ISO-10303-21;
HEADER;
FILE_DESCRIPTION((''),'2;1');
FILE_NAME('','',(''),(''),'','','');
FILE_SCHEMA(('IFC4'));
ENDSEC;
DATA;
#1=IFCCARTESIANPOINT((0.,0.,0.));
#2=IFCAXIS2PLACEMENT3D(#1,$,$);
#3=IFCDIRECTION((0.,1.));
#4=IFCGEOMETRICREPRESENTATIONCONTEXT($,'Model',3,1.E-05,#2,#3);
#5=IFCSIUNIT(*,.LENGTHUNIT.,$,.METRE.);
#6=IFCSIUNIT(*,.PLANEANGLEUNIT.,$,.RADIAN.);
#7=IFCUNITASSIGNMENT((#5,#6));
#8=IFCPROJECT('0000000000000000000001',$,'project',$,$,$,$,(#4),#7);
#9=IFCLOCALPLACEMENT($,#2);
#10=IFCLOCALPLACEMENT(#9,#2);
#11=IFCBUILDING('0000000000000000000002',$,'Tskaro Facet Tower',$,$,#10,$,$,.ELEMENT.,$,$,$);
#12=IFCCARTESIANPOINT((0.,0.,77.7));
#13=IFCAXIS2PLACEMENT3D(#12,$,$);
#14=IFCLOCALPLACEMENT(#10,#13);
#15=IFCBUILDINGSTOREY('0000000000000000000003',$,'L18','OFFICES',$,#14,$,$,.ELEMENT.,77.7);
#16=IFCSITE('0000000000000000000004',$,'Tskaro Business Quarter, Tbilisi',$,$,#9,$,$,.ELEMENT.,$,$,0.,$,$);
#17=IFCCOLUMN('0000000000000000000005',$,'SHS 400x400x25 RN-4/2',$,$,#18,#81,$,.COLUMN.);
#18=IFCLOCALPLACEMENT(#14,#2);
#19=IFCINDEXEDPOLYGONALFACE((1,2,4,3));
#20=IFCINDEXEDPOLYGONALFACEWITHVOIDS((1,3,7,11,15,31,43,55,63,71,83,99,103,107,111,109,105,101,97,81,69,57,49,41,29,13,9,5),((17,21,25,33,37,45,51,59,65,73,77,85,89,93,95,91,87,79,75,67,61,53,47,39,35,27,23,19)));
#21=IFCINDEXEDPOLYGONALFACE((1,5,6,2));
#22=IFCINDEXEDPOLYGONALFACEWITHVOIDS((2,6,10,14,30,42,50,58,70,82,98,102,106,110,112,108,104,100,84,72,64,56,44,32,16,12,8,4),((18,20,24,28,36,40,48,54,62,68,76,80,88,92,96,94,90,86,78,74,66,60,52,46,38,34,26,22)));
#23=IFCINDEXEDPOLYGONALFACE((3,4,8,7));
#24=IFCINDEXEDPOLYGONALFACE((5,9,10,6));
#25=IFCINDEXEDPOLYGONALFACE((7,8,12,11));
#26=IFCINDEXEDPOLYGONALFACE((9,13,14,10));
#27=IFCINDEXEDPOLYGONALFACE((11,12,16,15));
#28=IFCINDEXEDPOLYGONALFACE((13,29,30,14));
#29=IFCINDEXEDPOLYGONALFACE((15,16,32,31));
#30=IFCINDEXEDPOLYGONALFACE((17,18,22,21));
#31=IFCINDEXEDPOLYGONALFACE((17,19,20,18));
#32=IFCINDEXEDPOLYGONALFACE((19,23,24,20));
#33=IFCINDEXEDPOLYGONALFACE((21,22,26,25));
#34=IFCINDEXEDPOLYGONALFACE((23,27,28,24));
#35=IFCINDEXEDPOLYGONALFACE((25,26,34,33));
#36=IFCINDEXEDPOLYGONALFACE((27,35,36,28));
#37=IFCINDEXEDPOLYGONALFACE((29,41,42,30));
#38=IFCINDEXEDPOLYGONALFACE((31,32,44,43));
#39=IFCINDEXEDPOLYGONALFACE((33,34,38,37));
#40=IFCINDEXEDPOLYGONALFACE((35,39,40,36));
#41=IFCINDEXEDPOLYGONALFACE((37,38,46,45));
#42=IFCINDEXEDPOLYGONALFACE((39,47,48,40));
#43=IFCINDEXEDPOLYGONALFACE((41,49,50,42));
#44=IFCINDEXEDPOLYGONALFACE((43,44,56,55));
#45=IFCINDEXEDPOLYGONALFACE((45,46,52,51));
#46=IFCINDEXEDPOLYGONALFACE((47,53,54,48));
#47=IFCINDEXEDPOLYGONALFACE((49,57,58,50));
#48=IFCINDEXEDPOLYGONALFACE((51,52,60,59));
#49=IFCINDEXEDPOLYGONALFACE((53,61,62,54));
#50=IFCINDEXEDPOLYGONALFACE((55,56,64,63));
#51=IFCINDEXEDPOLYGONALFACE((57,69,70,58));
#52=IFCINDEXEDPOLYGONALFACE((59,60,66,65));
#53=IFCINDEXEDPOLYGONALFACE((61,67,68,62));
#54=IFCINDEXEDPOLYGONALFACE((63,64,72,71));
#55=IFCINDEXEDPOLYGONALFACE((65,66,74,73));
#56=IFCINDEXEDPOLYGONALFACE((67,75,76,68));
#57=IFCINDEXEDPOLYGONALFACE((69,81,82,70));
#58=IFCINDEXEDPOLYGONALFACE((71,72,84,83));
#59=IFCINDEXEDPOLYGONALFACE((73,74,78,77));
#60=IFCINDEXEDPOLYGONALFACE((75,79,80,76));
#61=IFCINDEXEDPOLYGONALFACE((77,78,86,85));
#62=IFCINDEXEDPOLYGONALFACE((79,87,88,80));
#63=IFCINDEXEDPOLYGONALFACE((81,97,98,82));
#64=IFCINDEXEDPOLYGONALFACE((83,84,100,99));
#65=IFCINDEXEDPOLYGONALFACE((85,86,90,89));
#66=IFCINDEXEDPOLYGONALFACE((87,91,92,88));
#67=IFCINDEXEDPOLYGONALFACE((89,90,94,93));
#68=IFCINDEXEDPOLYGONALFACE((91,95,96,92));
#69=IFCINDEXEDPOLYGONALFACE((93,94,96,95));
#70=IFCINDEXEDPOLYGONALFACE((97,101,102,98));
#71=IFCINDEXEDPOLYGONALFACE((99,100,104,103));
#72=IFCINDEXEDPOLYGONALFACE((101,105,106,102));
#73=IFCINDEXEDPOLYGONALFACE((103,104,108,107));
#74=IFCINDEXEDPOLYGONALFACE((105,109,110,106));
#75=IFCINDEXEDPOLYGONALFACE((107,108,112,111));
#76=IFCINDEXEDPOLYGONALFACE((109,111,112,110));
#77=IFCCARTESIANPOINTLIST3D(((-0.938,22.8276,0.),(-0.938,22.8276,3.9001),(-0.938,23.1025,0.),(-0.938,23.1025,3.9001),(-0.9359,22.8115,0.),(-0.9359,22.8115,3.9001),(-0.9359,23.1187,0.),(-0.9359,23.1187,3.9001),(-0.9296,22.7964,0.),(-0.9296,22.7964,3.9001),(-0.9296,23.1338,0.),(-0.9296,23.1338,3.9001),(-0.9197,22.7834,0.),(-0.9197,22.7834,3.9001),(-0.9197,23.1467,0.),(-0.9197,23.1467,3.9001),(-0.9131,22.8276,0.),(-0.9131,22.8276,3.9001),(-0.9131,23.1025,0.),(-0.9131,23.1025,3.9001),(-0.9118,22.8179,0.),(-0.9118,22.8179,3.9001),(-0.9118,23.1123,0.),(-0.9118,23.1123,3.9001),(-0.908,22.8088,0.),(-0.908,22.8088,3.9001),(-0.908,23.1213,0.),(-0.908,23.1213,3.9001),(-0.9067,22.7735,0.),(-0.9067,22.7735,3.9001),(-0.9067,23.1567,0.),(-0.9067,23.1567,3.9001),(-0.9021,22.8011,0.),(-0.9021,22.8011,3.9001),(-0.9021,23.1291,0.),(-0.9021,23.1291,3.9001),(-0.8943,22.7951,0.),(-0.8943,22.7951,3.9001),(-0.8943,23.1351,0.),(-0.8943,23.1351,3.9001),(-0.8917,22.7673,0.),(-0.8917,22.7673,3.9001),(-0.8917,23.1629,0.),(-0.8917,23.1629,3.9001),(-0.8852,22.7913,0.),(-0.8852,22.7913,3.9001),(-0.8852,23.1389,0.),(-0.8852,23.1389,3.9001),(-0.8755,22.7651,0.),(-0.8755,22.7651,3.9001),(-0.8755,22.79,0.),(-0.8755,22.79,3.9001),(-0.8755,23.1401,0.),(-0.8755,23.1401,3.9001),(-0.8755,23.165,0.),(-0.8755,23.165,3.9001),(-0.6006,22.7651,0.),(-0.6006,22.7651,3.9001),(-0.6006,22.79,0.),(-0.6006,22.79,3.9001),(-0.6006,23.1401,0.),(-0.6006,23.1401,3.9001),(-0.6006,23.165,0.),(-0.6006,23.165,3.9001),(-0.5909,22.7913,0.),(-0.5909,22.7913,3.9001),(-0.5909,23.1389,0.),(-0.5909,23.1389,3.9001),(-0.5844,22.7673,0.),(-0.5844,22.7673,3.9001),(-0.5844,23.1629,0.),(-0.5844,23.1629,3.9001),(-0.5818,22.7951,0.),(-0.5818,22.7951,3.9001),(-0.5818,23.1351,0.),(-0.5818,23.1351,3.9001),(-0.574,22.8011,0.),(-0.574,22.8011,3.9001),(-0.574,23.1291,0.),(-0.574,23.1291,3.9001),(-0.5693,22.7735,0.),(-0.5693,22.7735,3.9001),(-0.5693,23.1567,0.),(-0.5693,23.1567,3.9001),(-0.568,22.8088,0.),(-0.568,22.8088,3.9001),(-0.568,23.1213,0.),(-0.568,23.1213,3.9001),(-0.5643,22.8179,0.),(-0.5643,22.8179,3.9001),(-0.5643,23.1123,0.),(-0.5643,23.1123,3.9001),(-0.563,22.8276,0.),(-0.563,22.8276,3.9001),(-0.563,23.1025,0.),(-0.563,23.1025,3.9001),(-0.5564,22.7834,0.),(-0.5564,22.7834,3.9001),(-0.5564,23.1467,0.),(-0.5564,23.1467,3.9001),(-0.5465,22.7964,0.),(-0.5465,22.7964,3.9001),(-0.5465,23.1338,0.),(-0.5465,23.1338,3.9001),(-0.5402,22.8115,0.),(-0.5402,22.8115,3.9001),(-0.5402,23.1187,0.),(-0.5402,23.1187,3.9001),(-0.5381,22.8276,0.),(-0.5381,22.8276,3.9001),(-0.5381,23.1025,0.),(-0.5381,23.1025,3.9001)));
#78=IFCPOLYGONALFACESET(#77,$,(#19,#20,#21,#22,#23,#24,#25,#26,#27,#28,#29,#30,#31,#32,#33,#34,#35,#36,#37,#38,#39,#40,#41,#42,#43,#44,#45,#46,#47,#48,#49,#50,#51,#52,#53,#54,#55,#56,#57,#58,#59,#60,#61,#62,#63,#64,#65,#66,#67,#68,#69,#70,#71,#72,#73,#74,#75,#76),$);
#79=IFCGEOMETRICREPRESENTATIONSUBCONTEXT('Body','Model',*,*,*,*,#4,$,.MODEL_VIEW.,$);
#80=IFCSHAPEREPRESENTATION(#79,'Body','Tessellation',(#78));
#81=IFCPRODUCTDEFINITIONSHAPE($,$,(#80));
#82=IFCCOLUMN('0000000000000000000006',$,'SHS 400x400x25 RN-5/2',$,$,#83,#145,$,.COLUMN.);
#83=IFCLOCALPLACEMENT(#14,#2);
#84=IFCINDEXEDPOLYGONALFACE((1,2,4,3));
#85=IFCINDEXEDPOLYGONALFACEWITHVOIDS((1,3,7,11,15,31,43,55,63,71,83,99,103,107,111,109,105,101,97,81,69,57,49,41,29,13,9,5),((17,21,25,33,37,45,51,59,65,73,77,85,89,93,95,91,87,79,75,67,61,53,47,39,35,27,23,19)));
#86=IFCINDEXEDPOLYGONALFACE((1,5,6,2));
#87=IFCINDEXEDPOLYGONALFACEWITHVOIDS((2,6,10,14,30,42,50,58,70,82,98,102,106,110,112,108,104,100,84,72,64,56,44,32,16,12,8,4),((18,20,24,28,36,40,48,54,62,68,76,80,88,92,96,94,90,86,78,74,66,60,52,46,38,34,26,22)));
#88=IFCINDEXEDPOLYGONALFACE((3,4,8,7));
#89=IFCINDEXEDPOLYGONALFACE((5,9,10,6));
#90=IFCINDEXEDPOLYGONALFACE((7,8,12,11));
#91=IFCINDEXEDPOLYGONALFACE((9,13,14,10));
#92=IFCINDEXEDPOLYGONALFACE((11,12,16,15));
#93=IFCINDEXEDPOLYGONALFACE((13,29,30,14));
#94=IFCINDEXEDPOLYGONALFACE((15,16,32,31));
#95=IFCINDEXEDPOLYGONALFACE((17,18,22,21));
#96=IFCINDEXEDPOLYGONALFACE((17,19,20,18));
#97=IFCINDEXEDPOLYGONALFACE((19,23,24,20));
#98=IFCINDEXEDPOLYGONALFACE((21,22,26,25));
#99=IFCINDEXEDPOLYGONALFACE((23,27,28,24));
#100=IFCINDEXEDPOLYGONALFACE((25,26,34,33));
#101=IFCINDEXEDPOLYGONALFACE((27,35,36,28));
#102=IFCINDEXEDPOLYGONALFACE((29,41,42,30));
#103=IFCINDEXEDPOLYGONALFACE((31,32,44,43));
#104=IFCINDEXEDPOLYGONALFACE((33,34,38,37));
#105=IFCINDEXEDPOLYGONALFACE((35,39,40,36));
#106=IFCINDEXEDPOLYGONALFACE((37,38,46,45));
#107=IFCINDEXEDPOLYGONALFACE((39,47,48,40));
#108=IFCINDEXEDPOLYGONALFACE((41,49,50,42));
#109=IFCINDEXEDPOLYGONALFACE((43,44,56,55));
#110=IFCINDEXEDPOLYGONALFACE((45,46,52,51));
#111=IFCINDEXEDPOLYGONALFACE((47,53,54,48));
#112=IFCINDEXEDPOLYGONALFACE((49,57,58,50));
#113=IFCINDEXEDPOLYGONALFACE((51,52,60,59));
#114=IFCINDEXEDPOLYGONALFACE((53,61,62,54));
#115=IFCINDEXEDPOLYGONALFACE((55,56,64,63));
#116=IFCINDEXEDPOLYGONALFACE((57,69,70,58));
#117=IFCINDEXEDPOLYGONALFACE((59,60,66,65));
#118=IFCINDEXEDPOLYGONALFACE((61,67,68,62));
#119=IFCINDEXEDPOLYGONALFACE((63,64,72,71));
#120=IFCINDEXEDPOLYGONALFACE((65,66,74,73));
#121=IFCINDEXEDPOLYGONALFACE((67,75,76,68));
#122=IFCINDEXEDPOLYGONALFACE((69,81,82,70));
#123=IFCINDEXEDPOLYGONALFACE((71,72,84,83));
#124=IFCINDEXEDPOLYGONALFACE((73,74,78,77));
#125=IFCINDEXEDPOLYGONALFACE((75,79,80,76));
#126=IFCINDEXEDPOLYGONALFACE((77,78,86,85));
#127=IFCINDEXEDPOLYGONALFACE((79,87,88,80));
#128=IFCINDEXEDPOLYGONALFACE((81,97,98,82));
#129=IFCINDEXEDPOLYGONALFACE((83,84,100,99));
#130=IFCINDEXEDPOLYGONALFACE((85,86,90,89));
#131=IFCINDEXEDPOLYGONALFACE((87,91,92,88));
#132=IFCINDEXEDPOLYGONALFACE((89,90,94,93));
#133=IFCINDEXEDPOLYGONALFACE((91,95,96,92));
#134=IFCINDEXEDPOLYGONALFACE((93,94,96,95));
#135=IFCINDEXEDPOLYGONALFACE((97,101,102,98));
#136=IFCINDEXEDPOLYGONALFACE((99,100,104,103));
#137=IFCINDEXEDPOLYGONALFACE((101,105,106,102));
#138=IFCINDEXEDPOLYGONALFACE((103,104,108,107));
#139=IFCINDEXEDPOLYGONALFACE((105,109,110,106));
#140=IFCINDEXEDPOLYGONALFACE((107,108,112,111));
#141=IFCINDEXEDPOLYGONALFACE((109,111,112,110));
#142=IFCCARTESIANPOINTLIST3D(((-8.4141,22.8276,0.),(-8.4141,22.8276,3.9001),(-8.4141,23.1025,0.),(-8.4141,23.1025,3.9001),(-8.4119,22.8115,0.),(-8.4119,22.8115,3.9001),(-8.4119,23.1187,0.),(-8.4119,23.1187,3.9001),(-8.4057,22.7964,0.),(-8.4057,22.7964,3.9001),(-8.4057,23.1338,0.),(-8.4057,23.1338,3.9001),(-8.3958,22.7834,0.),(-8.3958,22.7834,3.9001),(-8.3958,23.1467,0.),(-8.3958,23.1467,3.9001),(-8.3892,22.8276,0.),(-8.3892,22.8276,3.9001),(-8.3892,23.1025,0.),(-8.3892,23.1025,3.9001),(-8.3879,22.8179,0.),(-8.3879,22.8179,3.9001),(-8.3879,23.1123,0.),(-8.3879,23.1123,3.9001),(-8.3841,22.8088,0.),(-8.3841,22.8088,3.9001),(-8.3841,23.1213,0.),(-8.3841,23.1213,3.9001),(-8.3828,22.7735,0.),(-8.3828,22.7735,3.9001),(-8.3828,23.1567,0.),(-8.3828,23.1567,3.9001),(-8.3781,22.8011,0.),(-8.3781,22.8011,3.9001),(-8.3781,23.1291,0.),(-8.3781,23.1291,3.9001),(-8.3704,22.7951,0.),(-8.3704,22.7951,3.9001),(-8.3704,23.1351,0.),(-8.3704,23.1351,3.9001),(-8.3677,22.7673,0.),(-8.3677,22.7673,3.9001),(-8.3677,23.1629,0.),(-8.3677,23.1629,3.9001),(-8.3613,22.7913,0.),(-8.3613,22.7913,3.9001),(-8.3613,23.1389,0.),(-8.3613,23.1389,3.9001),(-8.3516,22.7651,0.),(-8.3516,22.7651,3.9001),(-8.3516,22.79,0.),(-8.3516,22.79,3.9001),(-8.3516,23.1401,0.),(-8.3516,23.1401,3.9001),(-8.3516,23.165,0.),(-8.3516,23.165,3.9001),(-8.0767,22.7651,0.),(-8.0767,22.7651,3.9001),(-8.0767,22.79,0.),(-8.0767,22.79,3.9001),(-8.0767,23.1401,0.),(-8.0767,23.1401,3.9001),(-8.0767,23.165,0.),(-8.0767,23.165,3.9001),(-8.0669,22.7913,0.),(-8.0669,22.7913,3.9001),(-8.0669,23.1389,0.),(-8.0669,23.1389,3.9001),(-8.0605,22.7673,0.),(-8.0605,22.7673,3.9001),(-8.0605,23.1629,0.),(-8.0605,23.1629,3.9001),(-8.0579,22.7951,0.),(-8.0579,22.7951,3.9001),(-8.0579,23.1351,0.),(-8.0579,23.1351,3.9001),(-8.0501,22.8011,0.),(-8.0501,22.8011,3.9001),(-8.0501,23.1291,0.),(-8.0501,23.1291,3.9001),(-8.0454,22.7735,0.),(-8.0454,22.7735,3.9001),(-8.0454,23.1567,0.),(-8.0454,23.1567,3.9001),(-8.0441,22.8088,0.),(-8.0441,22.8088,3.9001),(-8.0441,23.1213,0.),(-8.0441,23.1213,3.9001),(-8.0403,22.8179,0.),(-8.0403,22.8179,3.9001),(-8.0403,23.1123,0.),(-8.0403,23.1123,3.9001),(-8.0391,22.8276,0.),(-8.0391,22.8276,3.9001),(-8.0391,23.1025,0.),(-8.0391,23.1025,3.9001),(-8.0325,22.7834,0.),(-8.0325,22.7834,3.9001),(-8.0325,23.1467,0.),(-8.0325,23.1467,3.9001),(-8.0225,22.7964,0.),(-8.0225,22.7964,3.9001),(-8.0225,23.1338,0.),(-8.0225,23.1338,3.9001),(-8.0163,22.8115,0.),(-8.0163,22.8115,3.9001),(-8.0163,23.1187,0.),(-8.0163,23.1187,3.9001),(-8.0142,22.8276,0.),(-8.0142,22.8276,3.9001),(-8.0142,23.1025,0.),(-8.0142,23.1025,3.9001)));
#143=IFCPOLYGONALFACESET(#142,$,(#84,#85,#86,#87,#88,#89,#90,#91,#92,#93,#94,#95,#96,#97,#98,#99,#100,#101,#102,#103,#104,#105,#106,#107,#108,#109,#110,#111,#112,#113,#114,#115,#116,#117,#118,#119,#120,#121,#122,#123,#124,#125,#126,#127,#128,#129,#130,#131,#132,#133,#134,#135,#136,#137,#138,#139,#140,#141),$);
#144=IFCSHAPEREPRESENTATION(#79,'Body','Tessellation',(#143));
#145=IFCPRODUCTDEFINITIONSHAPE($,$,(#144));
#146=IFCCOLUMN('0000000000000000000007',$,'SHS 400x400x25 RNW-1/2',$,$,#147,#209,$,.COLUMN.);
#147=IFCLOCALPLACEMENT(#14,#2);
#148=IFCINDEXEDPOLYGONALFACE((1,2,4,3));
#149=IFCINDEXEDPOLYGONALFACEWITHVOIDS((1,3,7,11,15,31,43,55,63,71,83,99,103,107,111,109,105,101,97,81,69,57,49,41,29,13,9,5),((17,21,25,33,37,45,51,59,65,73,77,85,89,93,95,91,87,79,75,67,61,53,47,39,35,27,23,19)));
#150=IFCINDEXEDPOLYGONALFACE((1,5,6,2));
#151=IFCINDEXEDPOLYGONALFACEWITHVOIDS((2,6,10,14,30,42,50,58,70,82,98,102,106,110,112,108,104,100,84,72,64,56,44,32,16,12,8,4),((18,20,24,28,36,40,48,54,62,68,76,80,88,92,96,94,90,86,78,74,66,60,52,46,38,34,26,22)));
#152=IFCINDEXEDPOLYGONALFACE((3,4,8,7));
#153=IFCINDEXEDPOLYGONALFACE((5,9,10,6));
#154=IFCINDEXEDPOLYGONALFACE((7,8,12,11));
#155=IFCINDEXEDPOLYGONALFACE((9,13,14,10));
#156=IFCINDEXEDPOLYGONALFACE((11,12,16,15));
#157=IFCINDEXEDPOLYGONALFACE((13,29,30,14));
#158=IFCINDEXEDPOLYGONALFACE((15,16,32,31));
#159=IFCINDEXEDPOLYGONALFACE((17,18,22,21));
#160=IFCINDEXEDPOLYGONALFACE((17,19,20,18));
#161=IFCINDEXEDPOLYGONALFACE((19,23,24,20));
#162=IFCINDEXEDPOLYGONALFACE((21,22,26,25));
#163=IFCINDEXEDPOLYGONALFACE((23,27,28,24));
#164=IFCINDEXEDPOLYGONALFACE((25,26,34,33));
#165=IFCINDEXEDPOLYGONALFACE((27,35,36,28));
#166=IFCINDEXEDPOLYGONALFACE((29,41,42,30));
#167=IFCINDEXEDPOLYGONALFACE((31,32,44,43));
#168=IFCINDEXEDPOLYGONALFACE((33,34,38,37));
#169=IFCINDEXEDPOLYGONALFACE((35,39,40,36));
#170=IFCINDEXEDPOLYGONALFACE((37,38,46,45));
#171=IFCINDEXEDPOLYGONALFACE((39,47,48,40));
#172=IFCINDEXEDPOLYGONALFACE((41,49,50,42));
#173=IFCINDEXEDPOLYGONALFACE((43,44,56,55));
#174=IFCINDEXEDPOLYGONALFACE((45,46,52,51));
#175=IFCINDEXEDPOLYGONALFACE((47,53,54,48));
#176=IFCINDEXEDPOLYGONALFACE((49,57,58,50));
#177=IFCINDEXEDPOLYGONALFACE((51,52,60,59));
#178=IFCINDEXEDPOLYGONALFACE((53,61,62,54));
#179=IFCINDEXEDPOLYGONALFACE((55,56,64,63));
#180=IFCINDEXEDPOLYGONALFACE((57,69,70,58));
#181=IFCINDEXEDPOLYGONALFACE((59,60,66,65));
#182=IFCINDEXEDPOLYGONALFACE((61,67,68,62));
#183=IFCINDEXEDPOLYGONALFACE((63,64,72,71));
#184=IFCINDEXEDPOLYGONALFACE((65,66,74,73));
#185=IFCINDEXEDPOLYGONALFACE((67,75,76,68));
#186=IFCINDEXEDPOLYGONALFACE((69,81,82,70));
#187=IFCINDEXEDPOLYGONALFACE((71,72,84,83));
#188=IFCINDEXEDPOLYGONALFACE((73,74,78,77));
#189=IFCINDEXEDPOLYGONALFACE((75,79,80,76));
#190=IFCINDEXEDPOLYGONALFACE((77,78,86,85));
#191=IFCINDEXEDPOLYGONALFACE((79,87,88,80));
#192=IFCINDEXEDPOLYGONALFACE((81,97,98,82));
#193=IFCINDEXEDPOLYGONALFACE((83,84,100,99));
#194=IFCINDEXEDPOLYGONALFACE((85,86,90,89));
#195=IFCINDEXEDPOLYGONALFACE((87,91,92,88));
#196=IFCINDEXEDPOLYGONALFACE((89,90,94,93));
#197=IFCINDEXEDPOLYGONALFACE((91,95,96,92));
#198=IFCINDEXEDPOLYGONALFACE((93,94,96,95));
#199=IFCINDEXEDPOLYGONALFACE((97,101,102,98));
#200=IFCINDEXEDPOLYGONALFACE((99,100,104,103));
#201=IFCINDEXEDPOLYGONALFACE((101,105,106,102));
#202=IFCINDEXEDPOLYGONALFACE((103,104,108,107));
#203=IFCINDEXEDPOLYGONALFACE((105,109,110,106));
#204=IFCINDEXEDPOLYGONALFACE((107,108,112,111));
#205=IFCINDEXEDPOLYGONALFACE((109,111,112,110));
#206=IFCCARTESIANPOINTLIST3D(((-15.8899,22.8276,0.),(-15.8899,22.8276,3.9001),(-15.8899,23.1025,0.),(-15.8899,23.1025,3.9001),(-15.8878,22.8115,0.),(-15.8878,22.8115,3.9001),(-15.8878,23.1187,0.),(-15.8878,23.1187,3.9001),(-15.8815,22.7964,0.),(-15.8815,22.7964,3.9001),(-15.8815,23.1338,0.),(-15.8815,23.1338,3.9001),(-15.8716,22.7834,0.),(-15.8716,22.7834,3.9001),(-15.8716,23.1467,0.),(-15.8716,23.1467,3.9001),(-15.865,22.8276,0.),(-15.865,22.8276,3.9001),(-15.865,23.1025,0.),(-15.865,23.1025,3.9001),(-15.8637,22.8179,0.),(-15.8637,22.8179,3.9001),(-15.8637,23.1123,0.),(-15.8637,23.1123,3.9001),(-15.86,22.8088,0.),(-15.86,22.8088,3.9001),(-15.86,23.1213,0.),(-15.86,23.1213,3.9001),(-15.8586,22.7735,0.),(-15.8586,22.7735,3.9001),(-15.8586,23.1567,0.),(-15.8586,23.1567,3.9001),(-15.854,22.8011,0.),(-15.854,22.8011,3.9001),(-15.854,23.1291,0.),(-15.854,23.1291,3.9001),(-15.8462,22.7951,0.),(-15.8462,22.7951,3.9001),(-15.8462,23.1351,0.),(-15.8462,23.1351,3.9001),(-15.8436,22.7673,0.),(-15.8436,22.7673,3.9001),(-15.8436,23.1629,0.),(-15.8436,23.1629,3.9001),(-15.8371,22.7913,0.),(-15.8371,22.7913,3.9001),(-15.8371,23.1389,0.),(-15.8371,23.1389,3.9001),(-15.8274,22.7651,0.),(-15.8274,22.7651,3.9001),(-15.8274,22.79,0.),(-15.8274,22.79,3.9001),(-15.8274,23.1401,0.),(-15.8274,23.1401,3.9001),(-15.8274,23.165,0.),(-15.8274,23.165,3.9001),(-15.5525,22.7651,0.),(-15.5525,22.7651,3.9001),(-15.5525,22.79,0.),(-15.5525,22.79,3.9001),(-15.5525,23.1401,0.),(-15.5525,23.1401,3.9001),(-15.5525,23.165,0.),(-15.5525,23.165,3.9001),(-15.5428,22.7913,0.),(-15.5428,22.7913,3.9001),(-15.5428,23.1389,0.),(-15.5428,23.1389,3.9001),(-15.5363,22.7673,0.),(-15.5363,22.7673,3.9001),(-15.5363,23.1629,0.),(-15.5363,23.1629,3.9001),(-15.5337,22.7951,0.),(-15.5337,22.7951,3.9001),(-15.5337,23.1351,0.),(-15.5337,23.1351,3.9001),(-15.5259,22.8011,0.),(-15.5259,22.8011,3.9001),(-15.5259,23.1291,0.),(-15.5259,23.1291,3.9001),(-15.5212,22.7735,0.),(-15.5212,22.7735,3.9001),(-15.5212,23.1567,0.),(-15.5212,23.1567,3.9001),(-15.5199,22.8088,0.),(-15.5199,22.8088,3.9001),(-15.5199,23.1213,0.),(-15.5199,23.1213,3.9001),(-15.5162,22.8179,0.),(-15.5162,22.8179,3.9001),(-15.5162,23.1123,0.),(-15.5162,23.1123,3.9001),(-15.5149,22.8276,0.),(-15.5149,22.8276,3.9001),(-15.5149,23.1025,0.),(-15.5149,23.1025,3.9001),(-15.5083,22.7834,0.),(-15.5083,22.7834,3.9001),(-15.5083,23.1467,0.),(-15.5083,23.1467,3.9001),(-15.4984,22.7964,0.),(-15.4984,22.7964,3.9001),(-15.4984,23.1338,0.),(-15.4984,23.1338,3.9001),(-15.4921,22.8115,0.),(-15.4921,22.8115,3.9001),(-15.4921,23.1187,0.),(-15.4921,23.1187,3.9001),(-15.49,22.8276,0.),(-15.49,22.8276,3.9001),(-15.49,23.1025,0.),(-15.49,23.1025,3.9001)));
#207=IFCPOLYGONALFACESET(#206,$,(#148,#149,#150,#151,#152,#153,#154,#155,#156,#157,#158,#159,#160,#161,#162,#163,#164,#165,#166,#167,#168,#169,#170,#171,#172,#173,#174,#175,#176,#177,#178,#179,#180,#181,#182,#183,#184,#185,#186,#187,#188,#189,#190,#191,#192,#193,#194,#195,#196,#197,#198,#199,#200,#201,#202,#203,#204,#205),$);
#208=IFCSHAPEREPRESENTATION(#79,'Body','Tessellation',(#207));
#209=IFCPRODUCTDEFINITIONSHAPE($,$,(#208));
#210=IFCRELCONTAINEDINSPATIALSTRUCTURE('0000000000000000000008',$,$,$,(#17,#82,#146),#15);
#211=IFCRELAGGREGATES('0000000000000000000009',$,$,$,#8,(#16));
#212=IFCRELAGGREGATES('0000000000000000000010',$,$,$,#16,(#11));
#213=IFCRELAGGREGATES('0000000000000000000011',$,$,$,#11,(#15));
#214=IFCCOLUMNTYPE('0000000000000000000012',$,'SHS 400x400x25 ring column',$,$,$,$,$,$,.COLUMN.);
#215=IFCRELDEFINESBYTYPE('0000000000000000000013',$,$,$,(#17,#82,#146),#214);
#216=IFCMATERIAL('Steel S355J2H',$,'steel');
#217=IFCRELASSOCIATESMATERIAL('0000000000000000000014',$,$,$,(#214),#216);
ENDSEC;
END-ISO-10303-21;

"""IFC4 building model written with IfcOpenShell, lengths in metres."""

from ifc_helpers import new_model, si_unit, direction, frame, origin, origin_2d, place, context, subcontext, project, spatial, hollow_rectangle, extrude, material, material_profile, profile_set, type_object, element, save


model = new_model("IFC4")

# Units and contexts
model_context = context("Model", 3, precision=1e-05, world=origin(), true_north=direction((0.0, 1.0)))
body_context = subcontext(model_context, "Body", "Model", "MODEL_VIEW")
ifc_project = project(units=[si_unit("LENGTHUNIT", "METRE"), si_unit("PLANEANGLEUNIT", "RADIAN")], contexts=[model_context])

# Site, building, storey
site_placement = place(None, origin())
site = spatial("IfcSite", under=ifc_project, at=site_placement, Name="Tskaro Business Quarter, Tbilisi", CompositionType="ELEMENT", RefElevation=0.0)
building_placement = place(site_placement, origin())
building = spatial("IfcBuilding", under=site, at=building_placement, Name="Tskaro Facet Tower", CompositionType="ELEMENT")
storey_placement = place(building_placement, frame((0.0, 0.0, 77.7)))
storey = spatial("IfcBuildingStorey", under=building, at=storey_placement, Name="L18", Description="OFFICES", CompositionType="ELEMENT", Elevation=77.7)

# Columns
ifc_material_1 = material(Name="Steel S355J2H", Category="steel")
ifc_material_profile_1 = material_profile(ifc_material_1, hollow_rectangle(XDim=0.3999, YDim=0.3999, WallThickness=0.0249, InnerFilletRadius=0.0376, OuterFilletRadius=0.0625, at=origin_2d()), Name="SHS 400x400x25")
ifc_profile_set_1 = profile_set([ifc_material_profile_1], Name="Steel S355J2H")
column_type_1 = type_object("IfcColumnType", Name="SHS 400x400x25 ring column", PredefinedType="COLUMN", material=ifc_profile_set_1)
for number, where, z_axis, x_axis, name in (
    (1, (-0.738, 22.9651, 0.0), (0.0, 0.0, 1.0), (1.0, 0.0, 0.0), "SHS 400x400x25 RN-4/2"),
    (2, (-8.2141, 22.9651, 0.0), (0.0, 0.0, 1.0), (1.0, 0.0, 0.0), "SHS 400x400x25 RN-5/2"),
    (3, (-15.6899, 22.9651, 0.0), (0.0, 0.0, 1.0), (1.0, 0.0, 0.0), "SHS 400x400x25 RNW-1/2"),
):
    element("IfcColumn", number, at=place(storey_placement, frame(where, z_axis=z_axis, x_axis=x_axis)), inside=storey, type_object=column_type_1, Name=name, PredefinedType="COLUMN", context=body_context, shape_type="SweptSolid", body=[
        extrude(hollow_rectangle(XDim=0.3999, YDim=0.3999, WallThickness=0.0249, InnerFilletRadius=0.0376, OuterFilletRadius=0.0625, at=origin_2d()), origin(), (0.0, 0.0, 1.0), 3.9001),
    ])

save(model, "model.ifc")
